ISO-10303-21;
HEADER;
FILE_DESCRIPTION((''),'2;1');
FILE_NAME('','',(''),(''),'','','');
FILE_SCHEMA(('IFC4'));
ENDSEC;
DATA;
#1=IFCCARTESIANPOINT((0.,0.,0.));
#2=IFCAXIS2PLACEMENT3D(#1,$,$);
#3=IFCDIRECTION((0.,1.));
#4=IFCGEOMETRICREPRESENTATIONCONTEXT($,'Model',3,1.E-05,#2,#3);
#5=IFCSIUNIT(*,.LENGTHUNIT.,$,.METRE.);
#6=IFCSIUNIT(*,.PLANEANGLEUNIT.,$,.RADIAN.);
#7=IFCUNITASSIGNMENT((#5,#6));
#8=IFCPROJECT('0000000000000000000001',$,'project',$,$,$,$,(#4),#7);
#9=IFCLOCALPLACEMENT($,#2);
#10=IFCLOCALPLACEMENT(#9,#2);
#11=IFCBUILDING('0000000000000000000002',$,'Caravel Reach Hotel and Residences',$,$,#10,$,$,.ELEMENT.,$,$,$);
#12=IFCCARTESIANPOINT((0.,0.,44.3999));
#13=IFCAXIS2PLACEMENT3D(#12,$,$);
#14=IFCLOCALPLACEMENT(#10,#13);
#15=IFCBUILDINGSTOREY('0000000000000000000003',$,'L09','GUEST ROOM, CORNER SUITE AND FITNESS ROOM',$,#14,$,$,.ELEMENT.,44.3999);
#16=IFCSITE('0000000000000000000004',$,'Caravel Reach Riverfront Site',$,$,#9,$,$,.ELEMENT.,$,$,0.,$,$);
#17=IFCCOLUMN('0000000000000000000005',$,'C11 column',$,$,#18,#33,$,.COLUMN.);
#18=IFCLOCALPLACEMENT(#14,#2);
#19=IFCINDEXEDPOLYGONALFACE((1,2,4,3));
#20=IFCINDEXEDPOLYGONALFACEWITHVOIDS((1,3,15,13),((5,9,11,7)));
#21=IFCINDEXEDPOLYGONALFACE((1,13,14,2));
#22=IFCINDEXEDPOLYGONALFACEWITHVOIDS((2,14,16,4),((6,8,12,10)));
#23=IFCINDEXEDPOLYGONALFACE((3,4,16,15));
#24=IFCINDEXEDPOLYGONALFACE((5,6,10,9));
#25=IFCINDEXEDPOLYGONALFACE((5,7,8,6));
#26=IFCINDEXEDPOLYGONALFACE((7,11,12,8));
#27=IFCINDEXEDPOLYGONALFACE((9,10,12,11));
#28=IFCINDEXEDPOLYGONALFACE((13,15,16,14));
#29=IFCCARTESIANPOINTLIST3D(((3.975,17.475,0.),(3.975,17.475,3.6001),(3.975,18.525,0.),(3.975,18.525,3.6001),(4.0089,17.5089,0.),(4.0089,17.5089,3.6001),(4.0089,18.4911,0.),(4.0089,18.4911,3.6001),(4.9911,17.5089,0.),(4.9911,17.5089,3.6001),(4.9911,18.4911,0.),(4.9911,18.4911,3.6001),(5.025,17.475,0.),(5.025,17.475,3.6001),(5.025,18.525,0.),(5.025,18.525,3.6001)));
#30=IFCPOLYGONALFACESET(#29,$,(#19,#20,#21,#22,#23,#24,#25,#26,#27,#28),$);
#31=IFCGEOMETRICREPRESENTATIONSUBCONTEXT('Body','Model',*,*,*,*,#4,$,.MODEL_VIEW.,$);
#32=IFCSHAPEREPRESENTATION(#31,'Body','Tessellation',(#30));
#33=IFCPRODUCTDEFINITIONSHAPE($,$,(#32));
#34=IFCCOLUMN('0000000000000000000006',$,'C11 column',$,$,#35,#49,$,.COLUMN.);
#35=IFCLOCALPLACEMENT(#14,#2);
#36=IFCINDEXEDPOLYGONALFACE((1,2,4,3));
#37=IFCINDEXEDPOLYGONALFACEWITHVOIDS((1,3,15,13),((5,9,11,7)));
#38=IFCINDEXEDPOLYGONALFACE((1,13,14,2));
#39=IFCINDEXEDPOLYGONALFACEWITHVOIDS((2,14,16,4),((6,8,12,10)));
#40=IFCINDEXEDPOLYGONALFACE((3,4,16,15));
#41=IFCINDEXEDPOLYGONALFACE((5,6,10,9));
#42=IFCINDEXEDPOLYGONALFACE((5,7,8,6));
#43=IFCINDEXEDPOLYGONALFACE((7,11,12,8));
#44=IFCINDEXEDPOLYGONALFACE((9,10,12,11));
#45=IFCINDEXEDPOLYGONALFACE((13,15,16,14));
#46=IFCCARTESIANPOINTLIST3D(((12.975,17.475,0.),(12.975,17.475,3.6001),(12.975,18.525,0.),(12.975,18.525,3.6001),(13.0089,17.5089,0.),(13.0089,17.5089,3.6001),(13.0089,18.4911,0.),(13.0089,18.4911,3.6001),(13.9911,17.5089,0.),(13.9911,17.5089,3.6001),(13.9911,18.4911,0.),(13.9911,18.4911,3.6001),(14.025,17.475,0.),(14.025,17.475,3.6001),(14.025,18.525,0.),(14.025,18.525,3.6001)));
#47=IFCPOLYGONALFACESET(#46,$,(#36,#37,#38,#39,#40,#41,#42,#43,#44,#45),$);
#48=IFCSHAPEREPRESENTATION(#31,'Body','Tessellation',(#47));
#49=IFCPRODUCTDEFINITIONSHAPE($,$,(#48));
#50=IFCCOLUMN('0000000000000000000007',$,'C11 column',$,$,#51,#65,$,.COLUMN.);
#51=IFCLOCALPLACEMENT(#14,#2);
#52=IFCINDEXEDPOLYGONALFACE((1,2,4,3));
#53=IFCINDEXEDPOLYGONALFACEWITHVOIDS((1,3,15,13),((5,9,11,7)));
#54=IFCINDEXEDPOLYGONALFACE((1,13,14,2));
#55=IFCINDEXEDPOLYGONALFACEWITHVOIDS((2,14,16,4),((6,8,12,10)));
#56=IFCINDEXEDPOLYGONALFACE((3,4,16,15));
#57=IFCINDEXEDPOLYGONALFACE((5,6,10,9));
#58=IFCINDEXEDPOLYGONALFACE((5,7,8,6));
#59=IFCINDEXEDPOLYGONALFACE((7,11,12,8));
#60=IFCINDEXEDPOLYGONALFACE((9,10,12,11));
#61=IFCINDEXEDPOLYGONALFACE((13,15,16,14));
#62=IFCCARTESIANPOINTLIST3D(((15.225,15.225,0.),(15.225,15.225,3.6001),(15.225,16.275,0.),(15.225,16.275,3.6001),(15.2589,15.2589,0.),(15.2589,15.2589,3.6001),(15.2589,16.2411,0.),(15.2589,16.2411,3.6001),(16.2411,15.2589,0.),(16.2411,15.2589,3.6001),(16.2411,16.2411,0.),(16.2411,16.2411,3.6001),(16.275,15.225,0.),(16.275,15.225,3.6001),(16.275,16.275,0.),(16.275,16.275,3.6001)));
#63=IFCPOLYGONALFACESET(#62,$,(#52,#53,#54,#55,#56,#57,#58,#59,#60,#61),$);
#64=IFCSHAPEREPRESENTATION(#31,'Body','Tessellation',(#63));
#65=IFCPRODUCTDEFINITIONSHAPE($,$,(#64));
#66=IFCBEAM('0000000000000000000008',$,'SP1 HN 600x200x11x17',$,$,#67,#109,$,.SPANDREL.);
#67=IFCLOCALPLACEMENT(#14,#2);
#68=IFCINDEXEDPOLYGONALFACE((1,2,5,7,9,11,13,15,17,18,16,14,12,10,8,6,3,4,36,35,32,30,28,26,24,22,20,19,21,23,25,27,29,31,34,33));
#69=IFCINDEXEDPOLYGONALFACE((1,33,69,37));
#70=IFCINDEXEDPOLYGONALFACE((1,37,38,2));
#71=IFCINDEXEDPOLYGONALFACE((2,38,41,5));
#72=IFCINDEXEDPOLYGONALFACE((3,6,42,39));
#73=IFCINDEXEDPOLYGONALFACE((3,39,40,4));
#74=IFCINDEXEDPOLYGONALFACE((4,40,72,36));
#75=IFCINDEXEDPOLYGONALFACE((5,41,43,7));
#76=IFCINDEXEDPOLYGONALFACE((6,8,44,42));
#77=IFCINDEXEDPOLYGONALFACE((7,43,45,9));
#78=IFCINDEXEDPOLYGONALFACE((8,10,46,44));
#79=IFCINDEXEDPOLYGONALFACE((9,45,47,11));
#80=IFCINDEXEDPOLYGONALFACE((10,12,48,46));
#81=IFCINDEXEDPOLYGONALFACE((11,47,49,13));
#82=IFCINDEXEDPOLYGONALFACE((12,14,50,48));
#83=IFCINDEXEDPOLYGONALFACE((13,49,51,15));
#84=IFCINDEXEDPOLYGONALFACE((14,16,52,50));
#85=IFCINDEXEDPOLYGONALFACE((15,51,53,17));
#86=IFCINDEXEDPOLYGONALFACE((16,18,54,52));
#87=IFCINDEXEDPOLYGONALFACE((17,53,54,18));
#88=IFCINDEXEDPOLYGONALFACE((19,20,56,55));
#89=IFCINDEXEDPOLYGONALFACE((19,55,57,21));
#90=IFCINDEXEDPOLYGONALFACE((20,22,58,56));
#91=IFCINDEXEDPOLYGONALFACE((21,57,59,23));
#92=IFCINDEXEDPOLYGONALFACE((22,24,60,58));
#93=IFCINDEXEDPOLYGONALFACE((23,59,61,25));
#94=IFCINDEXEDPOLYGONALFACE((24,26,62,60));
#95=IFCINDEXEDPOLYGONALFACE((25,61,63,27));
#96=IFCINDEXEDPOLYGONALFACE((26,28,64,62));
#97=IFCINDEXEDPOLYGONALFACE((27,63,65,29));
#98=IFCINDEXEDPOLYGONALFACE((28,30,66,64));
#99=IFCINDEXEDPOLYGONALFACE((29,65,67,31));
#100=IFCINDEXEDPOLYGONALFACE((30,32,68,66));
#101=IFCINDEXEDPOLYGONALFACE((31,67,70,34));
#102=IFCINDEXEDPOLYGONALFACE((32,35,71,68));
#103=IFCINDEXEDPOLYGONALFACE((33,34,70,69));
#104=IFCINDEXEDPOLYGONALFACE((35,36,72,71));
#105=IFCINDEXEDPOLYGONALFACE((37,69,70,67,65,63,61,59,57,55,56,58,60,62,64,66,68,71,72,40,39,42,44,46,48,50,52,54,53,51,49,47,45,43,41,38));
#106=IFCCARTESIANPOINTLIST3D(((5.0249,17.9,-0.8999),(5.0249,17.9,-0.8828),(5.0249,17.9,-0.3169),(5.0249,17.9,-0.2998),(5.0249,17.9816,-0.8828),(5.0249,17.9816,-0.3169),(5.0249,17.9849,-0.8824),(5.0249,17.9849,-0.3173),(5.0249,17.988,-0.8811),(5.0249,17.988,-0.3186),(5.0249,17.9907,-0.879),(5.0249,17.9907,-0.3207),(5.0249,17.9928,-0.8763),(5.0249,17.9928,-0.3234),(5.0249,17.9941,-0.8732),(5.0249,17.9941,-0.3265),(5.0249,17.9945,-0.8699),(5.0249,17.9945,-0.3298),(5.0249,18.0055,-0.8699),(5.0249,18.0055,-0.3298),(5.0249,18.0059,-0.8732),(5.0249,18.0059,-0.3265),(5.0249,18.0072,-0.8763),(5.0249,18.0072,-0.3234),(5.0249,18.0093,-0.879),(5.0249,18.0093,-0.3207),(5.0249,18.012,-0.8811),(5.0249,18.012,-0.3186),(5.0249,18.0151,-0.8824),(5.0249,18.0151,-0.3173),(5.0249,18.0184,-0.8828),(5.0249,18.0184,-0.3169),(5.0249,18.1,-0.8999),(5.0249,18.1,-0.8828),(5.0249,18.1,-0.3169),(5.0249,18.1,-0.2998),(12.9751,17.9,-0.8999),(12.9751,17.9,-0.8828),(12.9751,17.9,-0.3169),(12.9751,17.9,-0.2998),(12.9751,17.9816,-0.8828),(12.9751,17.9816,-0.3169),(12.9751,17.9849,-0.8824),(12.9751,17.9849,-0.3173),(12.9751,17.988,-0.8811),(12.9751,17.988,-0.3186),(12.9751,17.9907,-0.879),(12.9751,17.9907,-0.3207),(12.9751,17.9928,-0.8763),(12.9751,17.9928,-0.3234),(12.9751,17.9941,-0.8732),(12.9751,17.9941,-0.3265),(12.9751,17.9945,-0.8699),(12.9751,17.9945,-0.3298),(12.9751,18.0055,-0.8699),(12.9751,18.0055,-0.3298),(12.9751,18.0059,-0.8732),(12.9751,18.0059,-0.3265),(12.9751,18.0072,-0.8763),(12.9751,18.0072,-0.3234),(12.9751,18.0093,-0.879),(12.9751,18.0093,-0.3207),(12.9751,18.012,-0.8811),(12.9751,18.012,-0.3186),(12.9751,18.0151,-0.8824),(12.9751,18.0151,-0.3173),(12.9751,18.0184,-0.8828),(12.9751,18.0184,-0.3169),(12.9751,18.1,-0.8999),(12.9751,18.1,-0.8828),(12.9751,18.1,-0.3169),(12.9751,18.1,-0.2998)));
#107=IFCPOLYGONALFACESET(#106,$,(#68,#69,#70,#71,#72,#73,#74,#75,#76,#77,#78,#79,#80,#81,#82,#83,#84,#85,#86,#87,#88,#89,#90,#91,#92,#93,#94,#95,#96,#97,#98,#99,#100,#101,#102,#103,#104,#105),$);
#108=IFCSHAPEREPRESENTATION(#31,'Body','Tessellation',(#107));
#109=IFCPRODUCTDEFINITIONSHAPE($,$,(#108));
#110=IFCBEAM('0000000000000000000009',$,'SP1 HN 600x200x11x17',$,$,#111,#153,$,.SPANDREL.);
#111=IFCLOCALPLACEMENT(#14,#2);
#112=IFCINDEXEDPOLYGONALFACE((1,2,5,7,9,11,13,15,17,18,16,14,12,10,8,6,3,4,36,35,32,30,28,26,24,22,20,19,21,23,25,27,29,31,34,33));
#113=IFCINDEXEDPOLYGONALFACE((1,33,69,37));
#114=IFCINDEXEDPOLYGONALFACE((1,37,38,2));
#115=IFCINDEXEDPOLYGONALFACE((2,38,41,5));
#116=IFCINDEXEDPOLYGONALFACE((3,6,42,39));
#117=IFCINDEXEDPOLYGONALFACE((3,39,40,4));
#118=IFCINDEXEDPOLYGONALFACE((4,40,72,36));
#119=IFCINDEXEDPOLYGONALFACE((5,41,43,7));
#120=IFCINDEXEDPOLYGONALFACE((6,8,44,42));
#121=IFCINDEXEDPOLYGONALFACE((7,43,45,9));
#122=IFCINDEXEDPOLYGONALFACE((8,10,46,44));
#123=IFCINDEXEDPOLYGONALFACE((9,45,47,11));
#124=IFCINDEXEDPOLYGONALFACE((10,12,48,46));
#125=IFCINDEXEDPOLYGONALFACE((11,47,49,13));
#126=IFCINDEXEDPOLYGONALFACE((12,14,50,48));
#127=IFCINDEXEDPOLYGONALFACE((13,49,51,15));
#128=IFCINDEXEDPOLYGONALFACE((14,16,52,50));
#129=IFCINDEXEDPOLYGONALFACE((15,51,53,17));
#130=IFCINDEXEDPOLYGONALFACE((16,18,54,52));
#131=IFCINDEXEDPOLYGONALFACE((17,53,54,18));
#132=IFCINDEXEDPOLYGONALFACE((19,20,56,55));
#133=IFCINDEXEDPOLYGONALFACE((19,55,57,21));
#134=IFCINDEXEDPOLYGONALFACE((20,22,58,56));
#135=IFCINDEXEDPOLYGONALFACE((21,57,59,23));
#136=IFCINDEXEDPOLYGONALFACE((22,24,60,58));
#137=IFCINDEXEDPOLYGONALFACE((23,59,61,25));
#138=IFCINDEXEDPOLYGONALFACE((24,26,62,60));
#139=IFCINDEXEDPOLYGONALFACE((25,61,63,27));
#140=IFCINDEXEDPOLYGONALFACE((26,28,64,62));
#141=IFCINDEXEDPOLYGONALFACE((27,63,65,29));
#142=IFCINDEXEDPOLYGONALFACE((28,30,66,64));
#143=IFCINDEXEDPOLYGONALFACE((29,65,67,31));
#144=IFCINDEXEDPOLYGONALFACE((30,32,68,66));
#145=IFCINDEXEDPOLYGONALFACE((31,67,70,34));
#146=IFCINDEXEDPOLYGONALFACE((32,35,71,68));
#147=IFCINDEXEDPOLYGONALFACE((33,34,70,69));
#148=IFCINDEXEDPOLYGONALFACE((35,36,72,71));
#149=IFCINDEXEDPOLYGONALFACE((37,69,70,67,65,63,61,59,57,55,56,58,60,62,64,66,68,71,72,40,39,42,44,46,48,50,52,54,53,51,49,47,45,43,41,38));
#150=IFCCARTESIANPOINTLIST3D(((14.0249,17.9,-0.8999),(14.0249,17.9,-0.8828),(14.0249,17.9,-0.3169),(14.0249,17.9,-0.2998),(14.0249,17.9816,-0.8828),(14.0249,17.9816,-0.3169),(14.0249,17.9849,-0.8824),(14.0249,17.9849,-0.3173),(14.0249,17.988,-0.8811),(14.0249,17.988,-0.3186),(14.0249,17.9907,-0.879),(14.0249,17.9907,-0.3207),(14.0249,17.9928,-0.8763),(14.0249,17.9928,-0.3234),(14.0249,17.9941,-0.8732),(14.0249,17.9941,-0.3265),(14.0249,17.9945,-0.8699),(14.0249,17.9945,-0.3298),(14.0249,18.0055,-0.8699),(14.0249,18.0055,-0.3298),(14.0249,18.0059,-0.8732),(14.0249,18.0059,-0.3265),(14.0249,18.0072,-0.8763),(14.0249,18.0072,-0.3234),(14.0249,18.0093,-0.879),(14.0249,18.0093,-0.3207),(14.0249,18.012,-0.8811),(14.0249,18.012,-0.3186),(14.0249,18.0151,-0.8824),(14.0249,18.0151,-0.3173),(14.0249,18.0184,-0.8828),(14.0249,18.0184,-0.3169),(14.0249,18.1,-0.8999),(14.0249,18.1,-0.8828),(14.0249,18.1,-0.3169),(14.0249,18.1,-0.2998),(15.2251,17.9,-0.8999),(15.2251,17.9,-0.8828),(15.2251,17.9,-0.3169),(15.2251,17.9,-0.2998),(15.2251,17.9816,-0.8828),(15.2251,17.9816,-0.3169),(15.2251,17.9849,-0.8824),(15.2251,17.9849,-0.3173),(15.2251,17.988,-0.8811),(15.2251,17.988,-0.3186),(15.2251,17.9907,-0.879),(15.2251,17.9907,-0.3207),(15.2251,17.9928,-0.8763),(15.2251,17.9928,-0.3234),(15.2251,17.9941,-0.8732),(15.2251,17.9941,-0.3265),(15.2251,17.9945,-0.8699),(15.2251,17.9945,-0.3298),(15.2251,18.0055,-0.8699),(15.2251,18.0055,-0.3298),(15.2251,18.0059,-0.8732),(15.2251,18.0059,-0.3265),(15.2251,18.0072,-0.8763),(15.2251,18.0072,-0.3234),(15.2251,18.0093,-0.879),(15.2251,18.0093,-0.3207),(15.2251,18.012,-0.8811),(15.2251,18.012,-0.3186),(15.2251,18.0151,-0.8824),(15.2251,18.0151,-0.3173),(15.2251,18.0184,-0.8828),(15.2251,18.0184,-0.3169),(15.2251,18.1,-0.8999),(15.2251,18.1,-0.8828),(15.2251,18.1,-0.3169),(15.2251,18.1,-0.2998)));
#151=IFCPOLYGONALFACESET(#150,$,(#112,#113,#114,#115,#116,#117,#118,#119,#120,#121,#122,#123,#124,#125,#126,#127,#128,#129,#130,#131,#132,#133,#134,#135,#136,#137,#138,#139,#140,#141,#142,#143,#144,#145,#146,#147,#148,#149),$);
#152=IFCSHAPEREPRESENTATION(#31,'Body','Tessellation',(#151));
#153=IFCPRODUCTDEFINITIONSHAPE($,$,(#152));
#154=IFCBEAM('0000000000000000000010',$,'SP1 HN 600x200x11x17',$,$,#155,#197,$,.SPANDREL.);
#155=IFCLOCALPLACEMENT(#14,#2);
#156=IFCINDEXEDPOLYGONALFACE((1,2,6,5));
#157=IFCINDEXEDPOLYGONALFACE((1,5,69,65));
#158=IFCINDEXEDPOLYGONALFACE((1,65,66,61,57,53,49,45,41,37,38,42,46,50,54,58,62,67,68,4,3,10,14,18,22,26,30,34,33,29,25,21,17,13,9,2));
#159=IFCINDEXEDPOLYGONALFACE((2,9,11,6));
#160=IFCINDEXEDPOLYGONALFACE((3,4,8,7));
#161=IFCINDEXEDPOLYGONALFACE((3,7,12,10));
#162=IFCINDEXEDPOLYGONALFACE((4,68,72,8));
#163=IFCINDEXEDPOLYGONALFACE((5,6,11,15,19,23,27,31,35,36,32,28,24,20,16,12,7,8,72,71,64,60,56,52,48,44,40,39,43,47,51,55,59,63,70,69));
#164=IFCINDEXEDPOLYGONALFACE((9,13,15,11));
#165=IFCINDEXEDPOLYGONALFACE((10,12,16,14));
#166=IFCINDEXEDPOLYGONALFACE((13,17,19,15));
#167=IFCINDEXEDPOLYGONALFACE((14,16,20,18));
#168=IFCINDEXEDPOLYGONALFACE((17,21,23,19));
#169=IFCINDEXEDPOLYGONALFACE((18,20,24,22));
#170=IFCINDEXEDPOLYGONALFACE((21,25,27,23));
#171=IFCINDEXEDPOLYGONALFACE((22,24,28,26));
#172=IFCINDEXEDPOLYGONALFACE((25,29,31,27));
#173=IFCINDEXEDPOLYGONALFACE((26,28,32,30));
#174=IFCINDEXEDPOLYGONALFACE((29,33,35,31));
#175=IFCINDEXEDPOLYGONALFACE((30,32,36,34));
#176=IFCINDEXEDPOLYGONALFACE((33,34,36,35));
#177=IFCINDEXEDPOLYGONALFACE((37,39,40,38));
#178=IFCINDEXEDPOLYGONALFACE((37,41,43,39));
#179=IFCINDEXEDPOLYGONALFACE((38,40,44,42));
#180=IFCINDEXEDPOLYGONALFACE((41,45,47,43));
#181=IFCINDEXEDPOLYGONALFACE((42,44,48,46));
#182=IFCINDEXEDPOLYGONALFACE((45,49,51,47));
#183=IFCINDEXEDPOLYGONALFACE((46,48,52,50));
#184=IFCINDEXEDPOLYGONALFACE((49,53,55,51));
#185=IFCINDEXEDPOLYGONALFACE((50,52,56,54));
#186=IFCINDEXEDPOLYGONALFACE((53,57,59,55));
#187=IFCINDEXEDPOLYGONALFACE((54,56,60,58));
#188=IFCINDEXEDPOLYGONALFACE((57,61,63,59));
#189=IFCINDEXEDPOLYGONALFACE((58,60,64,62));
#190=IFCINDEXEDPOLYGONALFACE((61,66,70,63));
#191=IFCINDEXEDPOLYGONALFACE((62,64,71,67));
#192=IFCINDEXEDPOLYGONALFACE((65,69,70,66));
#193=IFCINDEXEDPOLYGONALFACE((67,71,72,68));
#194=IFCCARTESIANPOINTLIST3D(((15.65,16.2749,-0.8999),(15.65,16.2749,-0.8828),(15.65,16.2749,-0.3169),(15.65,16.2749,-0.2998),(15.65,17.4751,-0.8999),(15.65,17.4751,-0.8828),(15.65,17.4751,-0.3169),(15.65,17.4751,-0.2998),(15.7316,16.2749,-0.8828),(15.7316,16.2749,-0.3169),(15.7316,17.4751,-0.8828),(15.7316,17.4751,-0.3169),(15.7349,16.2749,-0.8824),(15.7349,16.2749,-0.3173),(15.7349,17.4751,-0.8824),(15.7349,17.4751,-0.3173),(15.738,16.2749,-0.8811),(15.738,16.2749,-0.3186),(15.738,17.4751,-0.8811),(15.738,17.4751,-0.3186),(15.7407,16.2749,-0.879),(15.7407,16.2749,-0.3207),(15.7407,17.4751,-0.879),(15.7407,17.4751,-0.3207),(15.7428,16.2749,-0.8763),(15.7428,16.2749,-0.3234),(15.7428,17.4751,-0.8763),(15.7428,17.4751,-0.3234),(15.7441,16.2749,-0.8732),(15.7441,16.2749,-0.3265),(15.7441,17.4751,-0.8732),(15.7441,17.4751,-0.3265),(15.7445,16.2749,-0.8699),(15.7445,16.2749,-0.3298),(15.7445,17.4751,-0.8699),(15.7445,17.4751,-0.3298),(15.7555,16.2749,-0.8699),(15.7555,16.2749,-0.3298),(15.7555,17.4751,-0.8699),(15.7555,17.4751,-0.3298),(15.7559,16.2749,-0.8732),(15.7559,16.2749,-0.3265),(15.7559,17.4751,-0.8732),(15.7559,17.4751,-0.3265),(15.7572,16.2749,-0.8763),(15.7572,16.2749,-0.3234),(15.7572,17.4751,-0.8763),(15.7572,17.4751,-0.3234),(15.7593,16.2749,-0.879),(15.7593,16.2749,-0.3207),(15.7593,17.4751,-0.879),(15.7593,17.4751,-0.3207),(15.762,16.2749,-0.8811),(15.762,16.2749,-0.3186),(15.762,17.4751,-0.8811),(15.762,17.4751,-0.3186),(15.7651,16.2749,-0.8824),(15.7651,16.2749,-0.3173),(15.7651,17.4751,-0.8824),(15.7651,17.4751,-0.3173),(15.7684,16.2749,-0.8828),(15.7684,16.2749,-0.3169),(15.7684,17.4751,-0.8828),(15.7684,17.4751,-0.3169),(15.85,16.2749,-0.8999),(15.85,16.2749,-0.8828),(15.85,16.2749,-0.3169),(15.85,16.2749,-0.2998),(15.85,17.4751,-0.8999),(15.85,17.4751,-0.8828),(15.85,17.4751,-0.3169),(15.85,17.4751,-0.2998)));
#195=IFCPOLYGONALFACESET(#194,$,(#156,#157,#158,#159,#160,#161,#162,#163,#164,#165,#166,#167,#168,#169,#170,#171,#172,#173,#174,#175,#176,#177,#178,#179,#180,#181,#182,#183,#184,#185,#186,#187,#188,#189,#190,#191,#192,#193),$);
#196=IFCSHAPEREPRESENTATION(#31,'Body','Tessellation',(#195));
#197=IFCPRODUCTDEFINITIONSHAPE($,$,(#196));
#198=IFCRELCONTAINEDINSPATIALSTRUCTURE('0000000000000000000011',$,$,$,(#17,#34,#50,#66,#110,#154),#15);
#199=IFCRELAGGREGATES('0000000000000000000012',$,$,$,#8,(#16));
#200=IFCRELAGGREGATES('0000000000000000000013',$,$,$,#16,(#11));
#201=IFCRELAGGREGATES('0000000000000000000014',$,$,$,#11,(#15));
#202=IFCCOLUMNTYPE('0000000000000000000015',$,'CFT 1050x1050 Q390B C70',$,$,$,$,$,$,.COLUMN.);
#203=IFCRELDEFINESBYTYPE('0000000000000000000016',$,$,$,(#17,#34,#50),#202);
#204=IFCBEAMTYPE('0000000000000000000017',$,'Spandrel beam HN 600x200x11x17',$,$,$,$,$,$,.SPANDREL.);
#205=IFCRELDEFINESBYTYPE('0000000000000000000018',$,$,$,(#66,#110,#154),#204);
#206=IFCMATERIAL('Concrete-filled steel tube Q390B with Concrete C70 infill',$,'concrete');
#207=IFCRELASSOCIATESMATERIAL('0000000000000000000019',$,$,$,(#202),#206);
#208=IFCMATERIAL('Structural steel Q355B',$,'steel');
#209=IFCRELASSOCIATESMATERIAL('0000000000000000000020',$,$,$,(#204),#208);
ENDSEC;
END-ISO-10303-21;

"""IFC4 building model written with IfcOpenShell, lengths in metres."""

from ifc_helpers import new_model, si_unit, direction, frame, origin, origin_2d, place, context, subcontext, project, spatial, hollow_rectangle, i_section, extrude, material, material_profile, profile_set, type_object, element, save


model = new_model("IFC4")

# Units and contexts
model_context = context("Model", 3, precision=1e-05, world=origin(), true_north=direction((0.0, 1.0)))
body_context = subcontext(model_context, "Body", "Model", "MODEL_VIEW")
ifc_project = project(units=[si_unit("LENGTHUNIT", "METRE"), si_unit("PLANEANGLEUNIT", "RADIAN")], contexts=[model_context])

# Site, building, storey
site_placement = place(None, origin())
site = spatial("IfcSite", under=ifc_project, at=site_placement, Name="Caravel Reach Riverfront Site", CompositionType="ELEMENT", RefElevation=0.0)
building_placement = place(site_placement, origin())
building = spatial("IfcBuilding", under=site, at=building_placement, Name="Caravel Reach Hotel and Residences", CompositionType="ELEMENT")
storey_placement = place(building_placement, frame((0.0, 0.0, 44.3999)))
storey = spatial("IfcBuildingStorey", under=building, at=storey_placement, Name="L09", Description="GUEST ROOM, CORNER SUITE AND FITNESS ROOM", CompositionType="ELEMENT", Elevation=44.3999)

# Columns
ifc_material_1 = material(Name="Concrete-filled steel tube Q390B with Concrete C70 infill", Category="concrete")
ifc_material_profile_1 = material_profile(ifc_material_1, hollow_rectangle(XDim=1.05, YDim=1.05, WallThickness=0.0339, at=origin_2d()), Name="RHS 1050x1050x34")
ifc_profile_set_1 = profile_set([ifc_material_profile_1], Name="Concrete-filled steel tube Q390B with Concrete C70 infill")
column_type = type_object("IfcColumnType", Name="CFT 1050x1050 Q390B C70", PredefinedType="COLUMN", material=ifc_profile_set_1)
for number, where, z_axis, x_axis, name in (
    (1, (4.5, 18.0, 0.0), (0.0, 0.0, 1.0), (1.0, 0.0, 0.0), "C11 column"),
    (2, (13.5, 18.0, 0.0), (0.0, 0.0, 1.0), (1.0, 0.0, 0.0), "C11 column"),
    (3, (15.75, 15.75, 0.0), (0.0, 0.0, 1.0), (1.0, 0.0, 0.0), "C11 column"),
):
    element("IfcColumn", number, at=place(storey_placement, frame(where, z_axis=z_axis, x_axis=x_axis)), inside=storey, type_object=column_type, Name=name, PredefinedType="COLUMN", context=body_context, shape_type="SweptSolid", body=[
        extrude(hollow_rectangle(XDim=1.05, YDim=1.05, WallThickness=0.0339, at=origin_2d()), origin(), (0.0, 0.0, 1.0), 3.6001),
    ])

# Beams
ifc_material_2 = material(Name="Structural steel Q355B", Category="steel")
ifc_material_profile_2 = material_profile(ifc_material_2, i_section(OverallWidth=0.2, OverallDepth=0.6001, WebThickness=0.011, FlangeThickness=0.0171, FilletRadius=0.0129, at=origin_2d()), Name="HN 600x200x11x17")
ifc_profile_set_2 = profile_set([ifc_material_profile_2], Name="Structural steel Q355B")
beam_type = type_object("IfcBeamType", Name="Spandrel beam HN 600x200x11x17", PredefinedType="SPANDREL", material=ifc_profile_set_2)
beam_placement = place(storey_placement, frame((5.0249, 18.0, -0.5999), z_axis=(1.0, 0.0, 0.0), x_axis=(0.0, 1.0, 0.0)))
element("IfcBeam", 4, at=beam_placement, inside=storey, type_object=beam_type, Name="SP1 HN 600x200x11x17", PredefinedType="SPANDREL", context=body_context, shape_type="SweptSolid", body=[
    extrude(i_section(OverallWidth=0.2, OverallDepth=0.6001, WebThickness=0.011, FlangeThickness=0.0171, FilletRadius=0.0129, at=origin_2d()), origin(), (0.0, 0.0, 1.0), 7.9502),
])
for number, where, z_axis, x_axis, name in (
    (5, (14.0249, 18.0, -0.5999), (1.0, 0.0, 0.0), (0.0, 1.0, 0.0), "SP1 HN 600x200x11x17"),
    (6, (15.75, 17.4751, -0.5999), (0.0, -1.0, 0.0), (1.0, 0.0, 0.0), "SP1 HN 600x200x11x17"),
):
    element("IfcBeam", number, at=place(storey_placement, frame(where, z_axis=z_axis, x_axis=x_axis)), inside=storey, type_object=beam_type, Name=name, PredefinedType="SPANDREL", context=body_context, shape_type="SweptSolid", body=[
        extrude(i_section(OverallWidth=0.2, OverallDepth=0.6001, WebThickness=0.011, FlangeThickness=0.0171, FilletRadius=0.0129, at=origin_2d()), origin(), (0.0, 0.0, 1.0), 1.2002),
    ])

save(model, "model.ifc")
